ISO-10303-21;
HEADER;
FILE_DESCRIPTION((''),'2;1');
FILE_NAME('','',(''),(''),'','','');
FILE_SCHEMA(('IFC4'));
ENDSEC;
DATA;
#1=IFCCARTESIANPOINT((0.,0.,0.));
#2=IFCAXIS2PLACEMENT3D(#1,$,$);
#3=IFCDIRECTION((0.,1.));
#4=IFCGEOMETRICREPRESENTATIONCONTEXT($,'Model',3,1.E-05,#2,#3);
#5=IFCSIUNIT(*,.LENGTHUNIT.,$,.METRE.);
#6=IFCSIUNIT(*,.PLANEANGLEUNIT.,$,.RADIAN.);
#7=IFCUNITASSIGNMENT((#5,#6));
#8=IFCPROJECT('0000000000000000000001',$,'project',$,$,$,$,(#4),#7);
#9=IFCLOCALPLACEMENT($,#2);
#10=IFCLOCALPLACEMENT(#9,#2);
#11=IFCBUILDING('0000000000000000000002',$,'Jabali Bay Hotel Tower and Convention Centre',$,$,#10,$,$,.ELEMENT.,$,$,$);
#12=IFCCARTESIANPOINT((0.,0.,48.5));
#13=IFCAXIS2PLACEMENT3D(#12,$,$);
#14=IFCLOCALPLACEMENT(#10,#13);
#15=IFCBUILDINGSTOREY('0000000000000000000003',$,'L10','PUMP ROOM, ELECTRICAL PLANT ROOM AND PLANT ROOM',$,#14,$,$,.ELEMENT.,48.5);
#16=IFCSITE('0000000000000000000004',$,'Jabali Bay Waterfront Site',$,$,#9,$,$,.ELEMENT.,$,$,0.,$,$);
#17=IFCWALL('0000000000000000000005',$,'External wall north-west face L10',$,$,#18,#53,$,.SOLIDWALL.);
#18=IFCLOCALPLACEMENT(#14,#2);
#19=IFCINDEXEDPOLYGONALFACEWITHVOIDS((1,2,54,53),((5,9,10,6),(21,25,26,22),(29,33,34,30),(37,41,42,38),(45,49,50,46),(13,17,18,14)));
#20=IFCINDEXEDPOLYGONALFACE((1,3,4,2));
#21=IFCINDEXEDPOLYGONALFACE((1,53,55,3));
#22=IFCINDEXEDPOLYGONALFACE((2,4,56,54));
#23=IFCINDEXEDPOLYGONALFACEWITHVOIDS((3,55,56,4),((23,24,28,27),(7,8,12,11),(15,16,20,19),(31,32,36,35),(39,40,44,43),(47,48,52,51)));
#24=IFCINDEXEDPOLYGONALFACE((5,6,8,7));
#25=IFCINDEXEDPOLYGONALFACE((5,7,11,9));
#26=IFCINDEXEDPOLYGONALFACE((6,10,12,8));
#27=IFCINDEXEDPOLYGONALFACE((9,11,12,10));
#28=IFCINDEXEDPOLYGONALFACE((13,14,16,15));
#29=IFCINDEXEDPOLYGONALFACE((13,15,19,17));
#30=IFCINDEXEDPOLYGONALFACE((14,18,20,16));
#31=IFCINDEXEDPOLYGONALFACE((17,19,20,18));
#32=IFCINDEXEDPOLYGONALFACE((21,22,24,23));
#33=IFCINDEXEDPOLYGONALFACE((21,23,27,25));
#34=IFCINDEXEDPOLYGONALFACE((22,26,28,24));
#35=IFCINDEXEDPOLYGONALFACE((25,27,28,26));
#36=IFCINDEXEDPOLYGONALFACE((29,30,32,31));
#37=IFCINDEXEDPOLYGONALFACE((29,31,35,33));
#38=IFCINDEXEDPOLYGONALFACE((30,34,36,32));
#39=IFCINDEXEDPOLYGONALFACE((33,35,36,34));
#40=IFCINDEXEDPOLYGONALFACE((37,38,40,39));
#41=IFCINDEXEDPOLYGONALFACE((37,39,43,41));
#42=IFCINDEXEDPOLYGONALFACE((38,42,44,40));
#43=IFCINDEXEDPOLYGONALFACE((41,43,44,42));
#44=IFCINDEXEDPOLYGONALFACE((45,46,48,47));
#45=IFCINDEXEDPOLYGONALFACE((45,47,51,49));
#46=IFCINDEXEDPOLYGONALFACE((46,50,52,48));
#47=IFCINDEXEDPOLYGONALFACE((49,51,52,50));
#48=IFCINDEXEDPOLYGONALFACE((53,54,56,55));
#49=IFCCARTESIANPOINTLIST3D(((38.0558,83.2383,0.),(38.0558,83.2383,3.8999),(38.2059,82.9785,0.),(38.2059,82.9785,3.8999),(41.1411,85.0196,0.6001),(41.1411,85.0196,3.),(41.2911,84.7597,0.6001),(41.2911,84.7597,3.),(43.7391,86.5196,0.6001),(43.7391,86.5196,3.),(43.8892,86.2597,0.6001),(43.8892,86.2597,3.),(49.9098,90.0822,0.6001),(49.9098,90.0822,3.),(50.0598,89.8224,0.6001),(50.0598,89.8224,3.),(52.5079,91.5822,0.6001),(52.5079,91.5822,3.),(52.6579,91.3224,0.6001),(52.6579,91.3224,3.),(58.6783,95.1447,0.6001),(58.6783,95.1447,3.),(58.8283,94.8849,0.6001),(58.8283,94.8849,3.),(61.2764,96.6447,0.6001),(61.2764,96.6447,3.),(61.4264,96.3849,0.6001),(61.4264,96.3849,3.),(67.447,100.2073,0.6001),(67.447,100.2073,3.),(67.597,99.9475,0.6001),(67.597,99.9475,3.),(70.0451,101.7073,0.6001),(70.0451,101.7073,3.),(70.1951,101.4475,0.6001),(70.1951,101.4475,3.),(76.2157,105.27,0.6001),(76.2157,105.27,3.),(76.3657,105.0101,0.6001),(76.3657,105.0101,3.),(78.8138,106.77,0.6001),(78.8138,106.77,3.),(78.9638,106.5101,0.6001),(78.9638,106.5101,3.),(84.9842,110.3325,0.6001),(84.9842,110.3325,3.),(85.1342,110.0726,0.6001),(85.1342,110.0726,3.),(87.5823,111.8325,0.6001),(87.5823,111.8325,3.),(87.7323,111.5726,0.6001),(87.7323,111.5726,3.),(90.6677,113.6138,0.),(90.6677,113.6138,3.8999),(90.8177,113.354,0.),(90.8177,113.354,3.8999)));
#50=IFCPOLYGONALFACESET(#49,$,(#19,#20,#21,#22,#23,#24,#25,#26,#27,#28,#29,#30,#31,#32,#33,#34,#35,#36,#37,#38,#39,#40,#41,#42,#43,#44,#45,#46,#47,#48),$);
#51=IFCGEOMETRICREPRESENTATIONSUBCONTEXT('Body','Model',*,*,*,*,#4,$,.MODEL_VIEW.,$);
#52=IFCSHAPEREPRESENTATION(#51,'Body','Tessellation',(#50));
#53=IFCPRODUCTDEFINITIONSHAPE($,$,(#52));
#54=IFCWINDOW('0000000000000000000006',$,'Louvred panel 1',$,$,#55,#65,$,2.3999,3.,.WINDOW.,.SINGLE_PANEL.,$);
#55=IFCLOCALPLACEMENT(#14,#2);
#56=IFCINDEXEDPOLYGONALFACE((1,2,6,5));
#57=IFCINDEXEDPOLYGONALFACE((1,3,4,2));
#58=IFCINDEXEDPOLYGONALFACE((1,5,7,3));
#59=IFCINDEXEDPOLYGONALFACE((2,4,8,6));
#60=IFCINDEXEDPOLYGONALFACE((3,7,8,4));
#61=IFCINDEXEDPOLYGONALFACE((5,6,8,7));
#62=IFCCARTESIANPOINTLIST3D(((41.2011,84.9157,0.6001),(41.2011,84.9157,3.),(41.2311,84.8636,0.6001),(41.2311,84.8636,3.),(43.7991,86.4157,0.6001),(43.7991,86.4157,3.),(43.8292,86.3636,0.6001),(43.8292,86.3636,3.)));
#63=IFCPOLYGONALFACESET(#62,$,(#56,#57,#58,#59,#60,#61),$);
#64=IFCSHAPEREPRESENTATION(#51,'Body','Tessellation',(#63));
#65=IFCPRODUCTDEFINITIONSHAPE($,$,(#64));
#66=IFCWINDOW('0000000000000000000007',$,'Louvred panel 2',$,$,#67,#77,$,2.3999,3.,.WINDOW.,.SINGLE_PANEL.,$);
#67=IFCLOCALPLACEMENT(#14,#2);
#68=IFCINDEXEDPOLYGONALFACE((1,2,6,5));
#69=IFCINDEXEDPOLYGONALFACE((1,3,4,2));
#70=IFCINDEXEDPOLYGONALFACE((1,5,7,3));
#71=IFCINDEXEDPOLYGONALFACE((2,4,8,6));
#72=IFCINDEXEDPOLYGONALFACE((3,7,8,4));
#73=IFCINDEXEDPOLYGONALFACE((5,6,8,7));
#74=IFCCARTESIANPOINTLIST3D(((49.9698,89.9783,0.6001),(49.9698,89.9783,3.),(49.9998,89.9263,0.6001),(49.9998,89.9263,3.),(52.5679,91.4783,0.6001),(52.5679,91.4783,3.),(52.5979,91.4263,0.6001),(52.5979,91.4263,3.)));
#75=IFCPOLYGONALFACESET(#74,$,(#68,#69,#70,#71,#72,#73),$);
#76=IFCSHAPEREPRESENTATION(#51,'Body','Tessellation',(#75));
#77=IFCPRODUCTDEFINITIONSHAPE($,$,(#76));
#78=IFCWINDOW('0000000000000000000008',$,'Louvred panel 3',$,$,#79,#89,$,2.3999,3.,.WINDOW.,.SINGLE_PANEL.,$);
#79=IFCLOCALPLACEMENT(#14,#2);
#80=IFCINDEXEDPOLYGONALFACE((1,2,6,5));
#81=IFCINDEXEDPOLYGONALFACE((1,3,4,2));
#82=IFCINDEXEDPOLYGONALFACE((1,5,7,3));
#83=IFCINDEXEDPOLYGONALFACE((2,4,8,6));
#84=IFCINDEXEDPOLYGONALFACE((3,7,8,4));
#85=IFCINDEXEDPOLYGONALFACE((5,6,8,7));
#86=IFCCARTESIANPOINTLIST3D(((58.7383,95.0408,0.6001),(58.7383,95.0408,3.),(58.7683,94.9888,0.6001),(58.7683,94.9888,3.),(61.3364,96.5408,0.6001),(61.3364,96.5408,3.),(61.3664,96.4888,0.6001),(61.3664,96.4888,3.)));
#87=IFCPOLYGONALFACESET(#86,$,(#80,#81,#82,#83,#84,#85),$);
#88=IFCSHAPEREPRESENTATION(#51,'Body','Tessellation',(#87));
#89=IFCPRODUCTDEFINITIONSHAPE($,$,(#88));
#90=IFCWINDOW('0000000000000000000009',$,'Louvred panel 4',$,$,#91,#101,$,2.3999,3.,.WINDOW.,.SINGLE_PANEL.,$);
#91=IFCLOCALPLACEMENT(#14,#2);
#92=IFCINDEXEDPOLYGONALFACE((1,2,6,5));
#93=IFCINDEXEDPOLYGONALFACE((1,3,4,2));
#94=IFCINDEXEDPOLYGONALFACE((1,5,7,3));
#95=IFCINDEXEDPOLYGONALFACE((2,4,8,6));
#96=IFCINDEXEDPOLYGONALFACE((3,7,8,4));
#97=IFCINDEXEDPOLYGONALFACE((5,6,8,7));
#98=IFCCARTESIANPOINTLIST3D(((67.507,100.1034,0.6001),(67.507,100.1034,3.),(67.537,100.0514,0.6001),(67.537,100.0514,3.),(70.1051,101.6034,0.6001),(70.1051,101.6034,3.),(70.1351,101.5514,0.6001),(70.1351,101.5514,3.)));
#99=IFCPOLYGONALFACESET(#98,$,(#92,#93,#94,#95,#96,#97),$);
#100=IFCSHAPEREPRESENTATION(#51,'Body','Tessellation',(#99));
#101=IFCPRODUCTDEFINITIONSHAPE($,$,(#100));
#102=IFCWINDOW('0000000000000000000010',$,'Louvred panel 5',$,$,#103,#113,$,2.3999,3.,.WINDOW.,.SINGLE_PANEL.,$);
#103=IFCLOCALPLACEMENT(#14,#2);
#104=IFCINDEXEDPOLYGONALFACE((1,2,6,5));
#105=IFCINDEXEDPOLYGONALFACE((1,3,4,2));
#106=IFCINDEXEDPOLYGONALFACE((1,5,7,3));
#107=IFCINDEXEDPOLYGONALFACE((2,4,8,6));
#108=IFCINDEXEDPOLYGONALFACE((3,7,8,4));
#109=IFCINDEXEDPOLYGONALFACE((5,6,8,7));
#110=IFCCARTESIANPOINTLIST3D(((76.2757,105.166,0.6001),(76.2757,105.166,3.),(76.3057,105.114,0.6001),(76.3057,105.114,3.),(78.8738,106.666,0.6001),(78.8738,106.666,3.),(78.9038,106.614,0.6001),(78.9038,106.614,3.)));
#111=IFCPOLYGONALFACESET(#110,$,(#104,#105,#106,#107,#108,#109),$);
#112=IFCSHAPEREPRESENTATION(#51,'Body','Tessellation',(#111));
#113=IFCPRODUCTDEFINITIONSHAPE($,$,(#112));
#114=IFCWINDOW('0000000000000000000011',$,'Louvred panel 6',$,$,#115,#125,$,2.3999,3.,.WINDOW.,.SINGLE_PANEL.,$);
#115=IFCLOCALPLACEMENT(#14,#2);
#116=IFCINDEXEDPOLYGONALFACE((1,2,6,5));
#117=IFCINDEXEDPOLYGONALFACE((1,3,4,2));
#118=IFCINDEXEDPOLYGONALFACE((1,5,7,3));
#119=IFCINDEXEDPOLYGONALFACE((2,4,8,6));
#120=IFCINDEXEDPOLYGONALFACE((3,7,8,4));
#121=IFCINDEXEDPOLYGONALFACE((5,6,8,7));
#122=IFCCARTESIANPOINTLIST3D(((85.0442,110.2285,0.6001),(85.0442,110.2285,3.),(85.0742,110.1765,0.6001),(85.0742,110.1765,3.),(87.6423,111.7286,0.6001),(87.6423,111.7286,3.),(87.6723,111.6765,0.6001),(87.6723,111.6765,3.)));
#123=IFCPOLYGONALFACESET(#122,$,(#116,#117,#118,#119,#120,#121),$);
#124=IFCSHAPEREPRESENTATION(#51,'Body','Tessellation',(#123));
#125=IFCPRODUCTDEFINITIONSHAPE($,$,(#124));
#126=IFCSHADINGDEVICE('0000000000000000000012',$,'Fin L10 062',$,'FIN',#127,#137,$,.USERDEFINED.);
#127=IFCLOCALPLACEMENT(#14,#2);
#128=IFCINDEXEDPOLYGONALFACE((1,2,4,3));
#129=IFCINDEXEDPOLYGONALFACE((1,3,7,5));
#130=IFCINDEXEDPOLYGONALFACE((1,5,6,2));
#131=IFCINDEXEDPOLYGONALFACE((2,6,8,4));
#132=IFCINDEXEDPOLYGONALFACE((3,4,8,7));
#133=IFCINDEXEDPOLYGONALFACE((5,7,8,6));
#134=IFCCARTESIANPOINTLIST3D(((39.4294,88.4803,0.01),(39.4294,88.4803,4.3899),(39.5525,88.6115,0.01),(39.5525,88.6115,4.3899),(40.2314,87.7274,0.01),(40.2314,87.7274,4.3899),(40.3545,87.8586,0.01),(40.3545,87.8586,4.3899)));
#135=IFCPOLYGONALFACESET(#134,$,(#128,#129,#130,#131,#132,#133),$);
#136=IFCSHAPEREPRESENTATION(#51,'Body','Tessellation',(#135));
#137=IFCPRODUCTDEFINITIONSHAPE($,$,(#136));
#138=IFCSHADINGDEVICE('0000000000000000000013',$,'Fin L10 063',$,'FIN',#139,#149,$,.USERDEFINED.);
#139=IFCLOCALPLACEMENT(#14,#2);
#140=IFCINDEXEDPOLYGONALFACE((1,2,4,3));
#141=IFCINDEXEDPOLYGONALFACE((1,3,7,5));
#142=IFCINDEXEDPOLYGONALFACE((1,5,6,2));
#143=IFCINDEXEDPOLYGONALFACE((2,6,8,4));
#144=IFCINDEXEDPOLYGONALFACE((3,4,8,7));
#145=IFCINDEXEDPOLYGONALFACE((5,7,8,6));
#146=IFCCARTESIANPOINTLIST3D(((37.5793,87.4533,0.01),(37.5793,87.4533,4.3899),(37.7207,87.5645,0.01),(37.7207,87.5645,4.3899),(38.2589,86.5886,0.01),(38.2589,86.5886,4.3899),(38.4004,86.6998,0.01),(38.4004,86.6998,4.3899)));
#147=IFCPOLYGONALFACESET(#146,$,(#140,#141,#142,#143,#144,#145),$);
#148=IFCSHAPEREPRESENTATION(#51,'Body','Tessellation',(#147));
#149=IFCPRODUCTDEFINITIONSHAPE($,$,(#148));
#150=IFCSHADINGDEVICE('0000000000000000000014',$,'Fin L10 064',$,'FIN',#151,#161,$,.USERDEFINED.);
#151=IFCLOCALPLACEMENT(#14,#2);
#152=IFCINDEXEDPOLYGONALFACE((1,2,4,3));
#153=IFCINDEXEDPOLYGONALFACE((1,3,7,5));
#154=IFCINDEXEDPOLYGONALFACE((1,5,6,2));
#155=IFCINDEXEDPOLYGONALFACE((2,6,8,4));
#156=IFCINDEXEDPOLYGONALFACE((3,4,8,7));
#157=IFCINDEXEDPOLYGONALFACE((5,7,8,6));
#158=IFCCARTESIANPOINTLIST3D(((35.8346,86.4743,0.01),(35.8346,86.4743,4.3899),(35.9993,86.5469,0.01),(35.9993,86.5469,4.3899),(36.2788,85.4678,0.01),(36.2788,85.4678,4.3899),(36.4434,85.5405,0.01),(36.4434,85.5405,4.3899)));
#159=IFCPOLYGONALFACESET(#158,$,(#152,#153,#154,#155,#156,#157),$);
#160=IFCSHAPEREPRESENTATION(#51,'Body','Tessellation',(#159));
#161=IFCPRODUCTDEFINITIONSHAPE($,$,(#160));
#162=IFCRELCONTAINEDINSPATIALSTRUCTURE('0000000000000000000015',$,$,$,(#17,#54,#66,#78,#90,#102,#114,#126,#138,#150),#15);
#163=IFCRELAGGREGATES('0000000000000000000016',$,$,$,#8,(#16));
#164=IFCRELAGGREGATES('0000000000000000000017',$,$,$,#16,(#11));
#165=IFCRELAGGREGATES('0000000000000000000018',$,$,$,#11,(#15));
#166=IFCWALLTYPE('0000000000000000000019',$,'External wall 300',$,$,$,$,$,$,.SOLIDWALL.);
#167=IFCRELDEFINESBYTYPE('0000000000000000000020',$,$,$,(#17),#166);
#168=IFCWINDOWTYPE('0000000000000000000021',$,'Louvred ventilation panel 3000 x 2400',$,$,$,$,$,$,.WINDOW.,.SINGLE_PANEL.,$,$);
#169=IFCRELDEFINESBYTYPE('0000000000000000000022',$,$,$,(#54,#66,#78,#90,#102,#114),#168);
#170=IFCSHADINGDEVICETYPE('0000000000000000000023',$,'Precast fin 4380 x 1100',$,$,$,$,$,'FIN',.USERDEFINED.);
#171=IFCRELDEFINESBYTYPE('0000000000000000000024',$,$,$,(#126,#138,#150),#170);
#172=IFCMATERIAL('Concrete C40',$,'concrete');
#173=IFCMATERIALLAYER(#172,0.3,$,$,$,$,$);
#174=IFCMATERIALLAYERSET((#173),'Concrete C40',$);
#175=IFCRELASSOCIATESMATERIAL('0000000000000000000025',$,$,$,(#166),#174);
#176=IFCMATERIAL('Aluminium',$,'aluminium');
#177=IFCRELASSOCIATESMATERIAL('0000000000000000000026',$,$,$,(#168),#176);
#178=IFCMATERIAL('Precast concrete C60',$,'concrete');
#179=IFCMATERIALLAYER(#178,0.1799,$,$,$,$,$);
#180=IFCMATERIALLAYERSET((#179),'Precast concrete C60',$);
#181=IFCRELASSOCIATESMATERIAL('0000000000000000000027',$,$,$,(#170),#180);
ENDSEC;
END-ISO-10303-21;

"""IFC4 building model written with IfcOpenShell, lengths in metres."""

from ifc_helpers import new_model, si_unit, direction, frame, frame_2d, origin, place, context, subcontext, project, spatial, rectangle, extrude, material, layer, layer_set, type_object, element, fill, save


model = new_model("IFC4")

# Units and contexts
model_context = context("Model", 3, precision=1e-05, world=origin(), true_north=direction((0.0, 1.0)))
body_context = subcontext(model_context, "Body", "Model", "MODEL_VIEW")
ifc_project = project(units=[si_unit("LENGTHUNIT", "METRE"), si_unit("PLANEANGLEUNIT", "RADIAN")], contexts=[model_context])

# Site, building, storey
site_placement = place(None, origin())
site = spatial("IfcSite", under=ifc_project, at=site_placement, Name="Jabali Bay Waterfront Site", CompositionType="ELEMENT", RefElevation=0.0)
building_placement = place(site_placement, origin())
building = spatial("IfcBuilding", under=site, at=building_placement, Name="Jabali Bay Hotel Tower and Convention Centre", CompositionType="ELEMENT")
storey_placement = place(building_placement, frame((0.0, 0.0, 48.5)))
storey = spatial("IfcBuildingStorey", under=building, at=storey_placement, Name="L10", Description="PUMP ROOM, ELECTRICAL PLANT ROOM AND PLANT ROOM", CompositionType="ELEMENT", Elevation=48.5)

# Wall, openings, windows
ifc_material_1 = material(Name="Concrete C40", Category="concrete")
ifc_layer_1 = layer(ifc_material_1, 0.3)
ifc_layer_set_1 = layer_set([ifc_layer_1], Name="Concrete C40")
wall_type = type_object("IfcWallType", Name="External wall 300", PredefinedType="SOLIDWALL", material=ifc_layer_set_1)
wall_placement = place(storey_placement, frame((38.1309, 83.1084, 0.0), z_axis=(0.0, 0.0, 1.0), x_axis=(0.866025, 0.500001, 0.0)))
wall = element("IfcWall", 1, at=wall_placement, inside=storey, type_object=wall_type, Name="External wall north-west face L10", PredefinedType="SOLIDWALL", context=body_context, shape_type="SweptSolid", body=[
    extrude(rectangle(XDim=60.751, YDim=0.3, at=frame_2d((30.3755, 0.0))), origin(), (0.0, 0.0, 1.0), 3.8999),
])
opening_1_placement = place(wall_placement, frame((3.5625, 0.0, 0.6001)))
opening_1 = element("IfcOpeningElement", 2, at=opening_1_placement, cuts=wall, PredefinedType="OPENING", context=body_context, shape_type="SweptSolid", body=[
    extrude(rectangle(XDim=3.0, YDim=2.3999, at=frame_2d((1.5, 1.2))), frame((0.0, 0.1606, 0.0), z_axis=(0.0, -1.0, 0.0), x_axis=(1.0, 0.0, 0.0)), (0.0, 0.0, 1.0), 0.321),
])
opening_2_placement = place(wall_placement, frame((13.6877, 0.0, 0.6001)))
opening_2 = element("IfcOpeningElement", 3, at=opening_2_placement, cuts=wall, PredefinedType="OPENING", context=body_context, shape_type="SweptSolid", body=[
    extrude(rectangle(XDim=3.0, YDim=2.3999, at=frame_2d((1.5, 1.2))), frame((0.0, 0.1606, 0.0), z_axis=(0.0, -1.0, 0.0), x_axis=(1.0, 0.0, 0.0)), (0.0, 0.0, 1.0), 0.321),
])
opening_3_placement = place(wall_placement, frame((23.8127, 0.0, 0.6001)))
opening_3 = element("IfcOpeningElement", 4, at=opening_3_placement, cuts=wall, PredefinedType="OPENING", context=body_context, shape_type="SweptSolid", body=[
    extrude(rectangle(XDim=3.0, YDim=2.3999, at=frame_2d((1.5, 1.2))), frame((0.0, 0.1606, 0.0), z_axis=(0.0, -1.0, 0.0), x_axis=(1.0, 0.0, 0.0)), (0.0, 0.0, 1.0), 0.321),
])
opening_4_placement = place(wall_placement, frame((33.938, 0.0, 0.6001)))
opening_4 = element("IfcOpeningElement", 5, at=opening_4_placement, cuts=wall, PredefinedType="OPENING", context=body_context, shape_type="SweptSolid", body=[
    extrude(rectangle(XDim=3.0, YDim=2.3999, at=frame_2d((1.5, 1.2))), frame((0.0, 0.1606, 0.0), z_axis=(0.0, -1.0, 0.0), x_axis=(1.0, 0.0, 0.0)), (0.0, 0.0, 1.0), 0.321),
])
opening_5_placement = place(wall_placement, frame((44.0632, 0.0, 0.6001)))
opening_5 = element("IfcOpeningElement", 6, at=opening_5_placement, cuts=wall, PredefinedType="OPENING", context=body_context, shape_type="SweptSolid", body=[
    extrude(rectangle(XDim=3.0, YDim=2.3999, at=frame_2d((1.5, 1.2))), frame((0.0, 0.1606, 0.0), z_axis=(0.0, -1.0, 0.0), x_axis=(1.0, 0.0, 0.0)), (0.0, 0.0, 1.0), 0.321),
])
opening_6_placement = place(wall_placement, frame((54.1882, 0.0, 0.6001)))
opening_6 = element("IfcOpeningElement", 7, at=opening_6_placement, cuts=wall, PredefinedType="OPENING", context=body_context, shape_type="SweptSolid", body=[
    extrude(rectangle(XDim=3.0, YDim=2.3999, at=frame_2d((1.5, 1.2))), frame((0.0, 0.1606, 0.0), z_axis=(0.0, -1.0, 0.0), x_axis=(1.0, 0.0, 0.0)), (0.0, 0.0, 1.0), 0.321),
])
ifc_material_2 = material(Name="Aluminium", Category="aluminium")
window_type = type_object("IfcWindowType", Name="Louvred ventilation panel 3000 x 2400", PartitioningType="SINGLE_PANEL", PredefinedType="WINDOW", material=ifc_material_2)
window_1_placement = place(opening_1_placement, origin())
window_1 = element("IfcWindow", 8, at=window_1_placement, inside=storey, type_object=window_type, Name="Louvred panel 1", OverallHeight=2.3999, OverallWidth=3.0, PartitioningType="SINGLE_PANEL", PredefinedType="WINDOW", context=body_context, shape_type="SweptSolid", body=[
    extrude(rectangle(XDim=3.0, YDim=2.3999, at=frame_2d((1.5, 1.2))), frame((0.0, 0.03, 0.0), z_axis=(0.0, -1.0, 0.0), x_axis=(1.0, 0.0, 0.0)), (0.0, 0.0, 1.0), 0.0601),
])
fill(opening_1, window_1)
window_2_placement = place(opening_2_placement, origin())
window_2 = element("IfcWindow", 9, at=window_2_placement, inside=storey, type_object=window_type, Name="Louvred panel 2", OverallHeight=2.3999, OverallWidth=3.0, PartitioningType="SINGLE_PANEL", PredefinedType="WINDOW", context=body_context, shape_type="SweptSolid", body=[
    extrude(rectangle(XDim=3.0, YDim=2.3999, at=frame_2d((1.5, 1.2))), frame((0.0, 0.03, 0.0), z_axis=(0.0, -1.0, 0.0), x_axis=(1.0, 0.0, 0.0)), (0.0, 0.0, 1.0), 0.0601),
])
fill(opening_2, window_2)
window_3_placement = place(opening_3_placement, origin())
window_3 = element("IfcWindow", 10, at=window_3_placement, inside=storey, type_object=window_type, Name="Louvred panel 3", OverallHeight=2.3999, OverallWidth=3.0, PartitioningType="SINGLE_PANEL", PredefinedType="WINDOW", context=body_context, shape_type="SweptSolid", body=[
    extrude(rectangle(XDim=3.0, YDim=2.3999, at=frame_2d((1.5, 1.2))), frame((0.0, 0.03, 0.0), z_axis=(0.0, -1.0, 0.0), x_axis=(1.0, 0.0, 0.0)), (0.0, 0.0, 1.0), 0.0601),
])
fill(opening_3, window_3)
window_4_placement = place(opening_4_placement, origin())
window_4 = element("IfcWindow", 11, at=window_4_placement, inside=storey, type_object=window_type, Name="Louvred panel 4", OverallHeight=2.3999, OverallWidth=3.0, PartitioningType="SINGLE_PANEL", PredefinedType="WINDOW", context=body_context, shape_type="SweptSolid", body=[
    extrude(rectangle(XDim=3.0, YDim=2.3999, at=frame_2d((1.5, 1.2))), frame((0.0, 0.03, 0.0), z_axis=(0.0, -1.0, 0.0), x_axis=(1.0, 0.0, 0.0)), (0.0, 0.0, 1.0), 0.0601),
])
fill(opening_4, window_4)
window_5_placement = place(opening_5_placement, origin())
window_5 = element("IfcWindow", 12, at=window_5_placement, inside=storey, type_object=window_type, Name="Louvred panel 5", OverallHeight=2.3999, OverallWidth=3.0, PartitioningType="SINGLE_PANEL", PredefinedType="WINDOW", context=body_context, shape_type="SweptSolid", body=[
    extrude(rectangle(XDim=3.0, YDim=2.3999, at=frame_2d((1.5, 1.2))), frame((0.0, 0.03, 0.0), z_axis=(0.0, -1.0, 0.0), x_axis=(1.0, 0.0, 0.0)), (0.0, 0.0, 1.0), 0.0601),
])
fill(opening_5, window_5)
window_6_placement = place(opening_6_placement, origin())
window_6 = element("IfcWindow", 13, at=window_6_placement, inside=storey, type_object=window_type, Name="Louvred panel 6", OverallHeight=2.3999, OverallWidth=3.0, PartitioningType="SINGLE_PANEL", PredefinedType="WINDOW", context=body_context, shape_type="SweptSolid", body=[
    extrude(rectangle(XDim=3.0, YDim=2.3999, at=frame_2d((1.5, 1.2))), frame((0.0, 0.03, 0.0), z_axis=(0.0, -1.0, 0.0), x_axis=(1.0, 0.0, 0.0)), (0.0, 0.0, 1.0), 0.0601),
])
fill(opening_6, window_6)

# Shading devices
ifc_material_3 = material(Name="Precast concrete C60", Category="concrete")
ifc_layer_2 = layer(ifc_material_3, 0.1799)
ifc_layer_set_2 = layer_set([ifc_layer_2], Name="Precast concrete C60")
shading_device_type_1 = type_object("IfcShadingDeviceType", Name="Precast fin 4380 x 1100", ElementType="FIN", PredefinedType="USERDEFINED", material=ifc_layer_set_2)
shading_device_1_placement = place(storey_placement, frame((40.293, 87.793, 0.01), z_axis=(0.0, 0.0, 1.0), x_axis=(-0.729059, 0.68445, 0.0)))
element("IfcShadingDevice", 14, at=shading_device_1_placement, inside=storey, type_object=shading_device_type_1, Name="Fin L10 062", ObjectType="FIN", PredefinedType="USERDEFINED", context=body_context, shape_type="SweptSolid", body=[
    extrude(rectangle(XDim=1.1001, YDim=0.1799, at=frame_2d((0.55, 0.0))), origin(), (0.0, 0.0, 1.0), 4.3799),
])
shading_device_2_placement = place(storey_placement, frame((38.3296, 86.6443, 0.01), z_axis=(0.0, 0.0, 1.0), x_axis=(-0.617959, 0.78621, 0.0)))
element("IfcShadingDevice", 15, at=shading_device_2_placement, inside=storey, type_object=shading_device_type_1, Name="Fin L10 063", ObjectType="FIN", PredefinedType="USERDEFINED", context=body_context, shape_type="SweptSolid", body=[
    extrude(rectangle(XDim=1.0999, YDim=0.1799, at=frame_2d((0.5498, 0.0))), origin(), (0.0, 0.0, 1.0), 4.3799),
])
for number, where, z_axis, x_axis, name in (
    (16, (36.3611, 85.5042, 0.01), (0.0, 0.0, 1.0), (-0.403728, 0.914879, 0.0), "Fin L10 064"),
):
    element("IfcShadingDevice", number, at=place(storey_placement, frame(where, z_axis=z_axis, x_axis=x_axis)), inside=storey, type_object=shading_device_type_1, Name=name, ObjectType="FIN", PredefinedType="USERDEFINED", context=body_context, shape_type="SweptSolid", body=[
        extrude(rectangle(XDim=1.1001, YDim=0.1799, at=frame_2d((0.55, 0.0))), origin(), (0.0, 0.0, 1.0), 4.3799),
    ])

save(model, "model.ifc")
